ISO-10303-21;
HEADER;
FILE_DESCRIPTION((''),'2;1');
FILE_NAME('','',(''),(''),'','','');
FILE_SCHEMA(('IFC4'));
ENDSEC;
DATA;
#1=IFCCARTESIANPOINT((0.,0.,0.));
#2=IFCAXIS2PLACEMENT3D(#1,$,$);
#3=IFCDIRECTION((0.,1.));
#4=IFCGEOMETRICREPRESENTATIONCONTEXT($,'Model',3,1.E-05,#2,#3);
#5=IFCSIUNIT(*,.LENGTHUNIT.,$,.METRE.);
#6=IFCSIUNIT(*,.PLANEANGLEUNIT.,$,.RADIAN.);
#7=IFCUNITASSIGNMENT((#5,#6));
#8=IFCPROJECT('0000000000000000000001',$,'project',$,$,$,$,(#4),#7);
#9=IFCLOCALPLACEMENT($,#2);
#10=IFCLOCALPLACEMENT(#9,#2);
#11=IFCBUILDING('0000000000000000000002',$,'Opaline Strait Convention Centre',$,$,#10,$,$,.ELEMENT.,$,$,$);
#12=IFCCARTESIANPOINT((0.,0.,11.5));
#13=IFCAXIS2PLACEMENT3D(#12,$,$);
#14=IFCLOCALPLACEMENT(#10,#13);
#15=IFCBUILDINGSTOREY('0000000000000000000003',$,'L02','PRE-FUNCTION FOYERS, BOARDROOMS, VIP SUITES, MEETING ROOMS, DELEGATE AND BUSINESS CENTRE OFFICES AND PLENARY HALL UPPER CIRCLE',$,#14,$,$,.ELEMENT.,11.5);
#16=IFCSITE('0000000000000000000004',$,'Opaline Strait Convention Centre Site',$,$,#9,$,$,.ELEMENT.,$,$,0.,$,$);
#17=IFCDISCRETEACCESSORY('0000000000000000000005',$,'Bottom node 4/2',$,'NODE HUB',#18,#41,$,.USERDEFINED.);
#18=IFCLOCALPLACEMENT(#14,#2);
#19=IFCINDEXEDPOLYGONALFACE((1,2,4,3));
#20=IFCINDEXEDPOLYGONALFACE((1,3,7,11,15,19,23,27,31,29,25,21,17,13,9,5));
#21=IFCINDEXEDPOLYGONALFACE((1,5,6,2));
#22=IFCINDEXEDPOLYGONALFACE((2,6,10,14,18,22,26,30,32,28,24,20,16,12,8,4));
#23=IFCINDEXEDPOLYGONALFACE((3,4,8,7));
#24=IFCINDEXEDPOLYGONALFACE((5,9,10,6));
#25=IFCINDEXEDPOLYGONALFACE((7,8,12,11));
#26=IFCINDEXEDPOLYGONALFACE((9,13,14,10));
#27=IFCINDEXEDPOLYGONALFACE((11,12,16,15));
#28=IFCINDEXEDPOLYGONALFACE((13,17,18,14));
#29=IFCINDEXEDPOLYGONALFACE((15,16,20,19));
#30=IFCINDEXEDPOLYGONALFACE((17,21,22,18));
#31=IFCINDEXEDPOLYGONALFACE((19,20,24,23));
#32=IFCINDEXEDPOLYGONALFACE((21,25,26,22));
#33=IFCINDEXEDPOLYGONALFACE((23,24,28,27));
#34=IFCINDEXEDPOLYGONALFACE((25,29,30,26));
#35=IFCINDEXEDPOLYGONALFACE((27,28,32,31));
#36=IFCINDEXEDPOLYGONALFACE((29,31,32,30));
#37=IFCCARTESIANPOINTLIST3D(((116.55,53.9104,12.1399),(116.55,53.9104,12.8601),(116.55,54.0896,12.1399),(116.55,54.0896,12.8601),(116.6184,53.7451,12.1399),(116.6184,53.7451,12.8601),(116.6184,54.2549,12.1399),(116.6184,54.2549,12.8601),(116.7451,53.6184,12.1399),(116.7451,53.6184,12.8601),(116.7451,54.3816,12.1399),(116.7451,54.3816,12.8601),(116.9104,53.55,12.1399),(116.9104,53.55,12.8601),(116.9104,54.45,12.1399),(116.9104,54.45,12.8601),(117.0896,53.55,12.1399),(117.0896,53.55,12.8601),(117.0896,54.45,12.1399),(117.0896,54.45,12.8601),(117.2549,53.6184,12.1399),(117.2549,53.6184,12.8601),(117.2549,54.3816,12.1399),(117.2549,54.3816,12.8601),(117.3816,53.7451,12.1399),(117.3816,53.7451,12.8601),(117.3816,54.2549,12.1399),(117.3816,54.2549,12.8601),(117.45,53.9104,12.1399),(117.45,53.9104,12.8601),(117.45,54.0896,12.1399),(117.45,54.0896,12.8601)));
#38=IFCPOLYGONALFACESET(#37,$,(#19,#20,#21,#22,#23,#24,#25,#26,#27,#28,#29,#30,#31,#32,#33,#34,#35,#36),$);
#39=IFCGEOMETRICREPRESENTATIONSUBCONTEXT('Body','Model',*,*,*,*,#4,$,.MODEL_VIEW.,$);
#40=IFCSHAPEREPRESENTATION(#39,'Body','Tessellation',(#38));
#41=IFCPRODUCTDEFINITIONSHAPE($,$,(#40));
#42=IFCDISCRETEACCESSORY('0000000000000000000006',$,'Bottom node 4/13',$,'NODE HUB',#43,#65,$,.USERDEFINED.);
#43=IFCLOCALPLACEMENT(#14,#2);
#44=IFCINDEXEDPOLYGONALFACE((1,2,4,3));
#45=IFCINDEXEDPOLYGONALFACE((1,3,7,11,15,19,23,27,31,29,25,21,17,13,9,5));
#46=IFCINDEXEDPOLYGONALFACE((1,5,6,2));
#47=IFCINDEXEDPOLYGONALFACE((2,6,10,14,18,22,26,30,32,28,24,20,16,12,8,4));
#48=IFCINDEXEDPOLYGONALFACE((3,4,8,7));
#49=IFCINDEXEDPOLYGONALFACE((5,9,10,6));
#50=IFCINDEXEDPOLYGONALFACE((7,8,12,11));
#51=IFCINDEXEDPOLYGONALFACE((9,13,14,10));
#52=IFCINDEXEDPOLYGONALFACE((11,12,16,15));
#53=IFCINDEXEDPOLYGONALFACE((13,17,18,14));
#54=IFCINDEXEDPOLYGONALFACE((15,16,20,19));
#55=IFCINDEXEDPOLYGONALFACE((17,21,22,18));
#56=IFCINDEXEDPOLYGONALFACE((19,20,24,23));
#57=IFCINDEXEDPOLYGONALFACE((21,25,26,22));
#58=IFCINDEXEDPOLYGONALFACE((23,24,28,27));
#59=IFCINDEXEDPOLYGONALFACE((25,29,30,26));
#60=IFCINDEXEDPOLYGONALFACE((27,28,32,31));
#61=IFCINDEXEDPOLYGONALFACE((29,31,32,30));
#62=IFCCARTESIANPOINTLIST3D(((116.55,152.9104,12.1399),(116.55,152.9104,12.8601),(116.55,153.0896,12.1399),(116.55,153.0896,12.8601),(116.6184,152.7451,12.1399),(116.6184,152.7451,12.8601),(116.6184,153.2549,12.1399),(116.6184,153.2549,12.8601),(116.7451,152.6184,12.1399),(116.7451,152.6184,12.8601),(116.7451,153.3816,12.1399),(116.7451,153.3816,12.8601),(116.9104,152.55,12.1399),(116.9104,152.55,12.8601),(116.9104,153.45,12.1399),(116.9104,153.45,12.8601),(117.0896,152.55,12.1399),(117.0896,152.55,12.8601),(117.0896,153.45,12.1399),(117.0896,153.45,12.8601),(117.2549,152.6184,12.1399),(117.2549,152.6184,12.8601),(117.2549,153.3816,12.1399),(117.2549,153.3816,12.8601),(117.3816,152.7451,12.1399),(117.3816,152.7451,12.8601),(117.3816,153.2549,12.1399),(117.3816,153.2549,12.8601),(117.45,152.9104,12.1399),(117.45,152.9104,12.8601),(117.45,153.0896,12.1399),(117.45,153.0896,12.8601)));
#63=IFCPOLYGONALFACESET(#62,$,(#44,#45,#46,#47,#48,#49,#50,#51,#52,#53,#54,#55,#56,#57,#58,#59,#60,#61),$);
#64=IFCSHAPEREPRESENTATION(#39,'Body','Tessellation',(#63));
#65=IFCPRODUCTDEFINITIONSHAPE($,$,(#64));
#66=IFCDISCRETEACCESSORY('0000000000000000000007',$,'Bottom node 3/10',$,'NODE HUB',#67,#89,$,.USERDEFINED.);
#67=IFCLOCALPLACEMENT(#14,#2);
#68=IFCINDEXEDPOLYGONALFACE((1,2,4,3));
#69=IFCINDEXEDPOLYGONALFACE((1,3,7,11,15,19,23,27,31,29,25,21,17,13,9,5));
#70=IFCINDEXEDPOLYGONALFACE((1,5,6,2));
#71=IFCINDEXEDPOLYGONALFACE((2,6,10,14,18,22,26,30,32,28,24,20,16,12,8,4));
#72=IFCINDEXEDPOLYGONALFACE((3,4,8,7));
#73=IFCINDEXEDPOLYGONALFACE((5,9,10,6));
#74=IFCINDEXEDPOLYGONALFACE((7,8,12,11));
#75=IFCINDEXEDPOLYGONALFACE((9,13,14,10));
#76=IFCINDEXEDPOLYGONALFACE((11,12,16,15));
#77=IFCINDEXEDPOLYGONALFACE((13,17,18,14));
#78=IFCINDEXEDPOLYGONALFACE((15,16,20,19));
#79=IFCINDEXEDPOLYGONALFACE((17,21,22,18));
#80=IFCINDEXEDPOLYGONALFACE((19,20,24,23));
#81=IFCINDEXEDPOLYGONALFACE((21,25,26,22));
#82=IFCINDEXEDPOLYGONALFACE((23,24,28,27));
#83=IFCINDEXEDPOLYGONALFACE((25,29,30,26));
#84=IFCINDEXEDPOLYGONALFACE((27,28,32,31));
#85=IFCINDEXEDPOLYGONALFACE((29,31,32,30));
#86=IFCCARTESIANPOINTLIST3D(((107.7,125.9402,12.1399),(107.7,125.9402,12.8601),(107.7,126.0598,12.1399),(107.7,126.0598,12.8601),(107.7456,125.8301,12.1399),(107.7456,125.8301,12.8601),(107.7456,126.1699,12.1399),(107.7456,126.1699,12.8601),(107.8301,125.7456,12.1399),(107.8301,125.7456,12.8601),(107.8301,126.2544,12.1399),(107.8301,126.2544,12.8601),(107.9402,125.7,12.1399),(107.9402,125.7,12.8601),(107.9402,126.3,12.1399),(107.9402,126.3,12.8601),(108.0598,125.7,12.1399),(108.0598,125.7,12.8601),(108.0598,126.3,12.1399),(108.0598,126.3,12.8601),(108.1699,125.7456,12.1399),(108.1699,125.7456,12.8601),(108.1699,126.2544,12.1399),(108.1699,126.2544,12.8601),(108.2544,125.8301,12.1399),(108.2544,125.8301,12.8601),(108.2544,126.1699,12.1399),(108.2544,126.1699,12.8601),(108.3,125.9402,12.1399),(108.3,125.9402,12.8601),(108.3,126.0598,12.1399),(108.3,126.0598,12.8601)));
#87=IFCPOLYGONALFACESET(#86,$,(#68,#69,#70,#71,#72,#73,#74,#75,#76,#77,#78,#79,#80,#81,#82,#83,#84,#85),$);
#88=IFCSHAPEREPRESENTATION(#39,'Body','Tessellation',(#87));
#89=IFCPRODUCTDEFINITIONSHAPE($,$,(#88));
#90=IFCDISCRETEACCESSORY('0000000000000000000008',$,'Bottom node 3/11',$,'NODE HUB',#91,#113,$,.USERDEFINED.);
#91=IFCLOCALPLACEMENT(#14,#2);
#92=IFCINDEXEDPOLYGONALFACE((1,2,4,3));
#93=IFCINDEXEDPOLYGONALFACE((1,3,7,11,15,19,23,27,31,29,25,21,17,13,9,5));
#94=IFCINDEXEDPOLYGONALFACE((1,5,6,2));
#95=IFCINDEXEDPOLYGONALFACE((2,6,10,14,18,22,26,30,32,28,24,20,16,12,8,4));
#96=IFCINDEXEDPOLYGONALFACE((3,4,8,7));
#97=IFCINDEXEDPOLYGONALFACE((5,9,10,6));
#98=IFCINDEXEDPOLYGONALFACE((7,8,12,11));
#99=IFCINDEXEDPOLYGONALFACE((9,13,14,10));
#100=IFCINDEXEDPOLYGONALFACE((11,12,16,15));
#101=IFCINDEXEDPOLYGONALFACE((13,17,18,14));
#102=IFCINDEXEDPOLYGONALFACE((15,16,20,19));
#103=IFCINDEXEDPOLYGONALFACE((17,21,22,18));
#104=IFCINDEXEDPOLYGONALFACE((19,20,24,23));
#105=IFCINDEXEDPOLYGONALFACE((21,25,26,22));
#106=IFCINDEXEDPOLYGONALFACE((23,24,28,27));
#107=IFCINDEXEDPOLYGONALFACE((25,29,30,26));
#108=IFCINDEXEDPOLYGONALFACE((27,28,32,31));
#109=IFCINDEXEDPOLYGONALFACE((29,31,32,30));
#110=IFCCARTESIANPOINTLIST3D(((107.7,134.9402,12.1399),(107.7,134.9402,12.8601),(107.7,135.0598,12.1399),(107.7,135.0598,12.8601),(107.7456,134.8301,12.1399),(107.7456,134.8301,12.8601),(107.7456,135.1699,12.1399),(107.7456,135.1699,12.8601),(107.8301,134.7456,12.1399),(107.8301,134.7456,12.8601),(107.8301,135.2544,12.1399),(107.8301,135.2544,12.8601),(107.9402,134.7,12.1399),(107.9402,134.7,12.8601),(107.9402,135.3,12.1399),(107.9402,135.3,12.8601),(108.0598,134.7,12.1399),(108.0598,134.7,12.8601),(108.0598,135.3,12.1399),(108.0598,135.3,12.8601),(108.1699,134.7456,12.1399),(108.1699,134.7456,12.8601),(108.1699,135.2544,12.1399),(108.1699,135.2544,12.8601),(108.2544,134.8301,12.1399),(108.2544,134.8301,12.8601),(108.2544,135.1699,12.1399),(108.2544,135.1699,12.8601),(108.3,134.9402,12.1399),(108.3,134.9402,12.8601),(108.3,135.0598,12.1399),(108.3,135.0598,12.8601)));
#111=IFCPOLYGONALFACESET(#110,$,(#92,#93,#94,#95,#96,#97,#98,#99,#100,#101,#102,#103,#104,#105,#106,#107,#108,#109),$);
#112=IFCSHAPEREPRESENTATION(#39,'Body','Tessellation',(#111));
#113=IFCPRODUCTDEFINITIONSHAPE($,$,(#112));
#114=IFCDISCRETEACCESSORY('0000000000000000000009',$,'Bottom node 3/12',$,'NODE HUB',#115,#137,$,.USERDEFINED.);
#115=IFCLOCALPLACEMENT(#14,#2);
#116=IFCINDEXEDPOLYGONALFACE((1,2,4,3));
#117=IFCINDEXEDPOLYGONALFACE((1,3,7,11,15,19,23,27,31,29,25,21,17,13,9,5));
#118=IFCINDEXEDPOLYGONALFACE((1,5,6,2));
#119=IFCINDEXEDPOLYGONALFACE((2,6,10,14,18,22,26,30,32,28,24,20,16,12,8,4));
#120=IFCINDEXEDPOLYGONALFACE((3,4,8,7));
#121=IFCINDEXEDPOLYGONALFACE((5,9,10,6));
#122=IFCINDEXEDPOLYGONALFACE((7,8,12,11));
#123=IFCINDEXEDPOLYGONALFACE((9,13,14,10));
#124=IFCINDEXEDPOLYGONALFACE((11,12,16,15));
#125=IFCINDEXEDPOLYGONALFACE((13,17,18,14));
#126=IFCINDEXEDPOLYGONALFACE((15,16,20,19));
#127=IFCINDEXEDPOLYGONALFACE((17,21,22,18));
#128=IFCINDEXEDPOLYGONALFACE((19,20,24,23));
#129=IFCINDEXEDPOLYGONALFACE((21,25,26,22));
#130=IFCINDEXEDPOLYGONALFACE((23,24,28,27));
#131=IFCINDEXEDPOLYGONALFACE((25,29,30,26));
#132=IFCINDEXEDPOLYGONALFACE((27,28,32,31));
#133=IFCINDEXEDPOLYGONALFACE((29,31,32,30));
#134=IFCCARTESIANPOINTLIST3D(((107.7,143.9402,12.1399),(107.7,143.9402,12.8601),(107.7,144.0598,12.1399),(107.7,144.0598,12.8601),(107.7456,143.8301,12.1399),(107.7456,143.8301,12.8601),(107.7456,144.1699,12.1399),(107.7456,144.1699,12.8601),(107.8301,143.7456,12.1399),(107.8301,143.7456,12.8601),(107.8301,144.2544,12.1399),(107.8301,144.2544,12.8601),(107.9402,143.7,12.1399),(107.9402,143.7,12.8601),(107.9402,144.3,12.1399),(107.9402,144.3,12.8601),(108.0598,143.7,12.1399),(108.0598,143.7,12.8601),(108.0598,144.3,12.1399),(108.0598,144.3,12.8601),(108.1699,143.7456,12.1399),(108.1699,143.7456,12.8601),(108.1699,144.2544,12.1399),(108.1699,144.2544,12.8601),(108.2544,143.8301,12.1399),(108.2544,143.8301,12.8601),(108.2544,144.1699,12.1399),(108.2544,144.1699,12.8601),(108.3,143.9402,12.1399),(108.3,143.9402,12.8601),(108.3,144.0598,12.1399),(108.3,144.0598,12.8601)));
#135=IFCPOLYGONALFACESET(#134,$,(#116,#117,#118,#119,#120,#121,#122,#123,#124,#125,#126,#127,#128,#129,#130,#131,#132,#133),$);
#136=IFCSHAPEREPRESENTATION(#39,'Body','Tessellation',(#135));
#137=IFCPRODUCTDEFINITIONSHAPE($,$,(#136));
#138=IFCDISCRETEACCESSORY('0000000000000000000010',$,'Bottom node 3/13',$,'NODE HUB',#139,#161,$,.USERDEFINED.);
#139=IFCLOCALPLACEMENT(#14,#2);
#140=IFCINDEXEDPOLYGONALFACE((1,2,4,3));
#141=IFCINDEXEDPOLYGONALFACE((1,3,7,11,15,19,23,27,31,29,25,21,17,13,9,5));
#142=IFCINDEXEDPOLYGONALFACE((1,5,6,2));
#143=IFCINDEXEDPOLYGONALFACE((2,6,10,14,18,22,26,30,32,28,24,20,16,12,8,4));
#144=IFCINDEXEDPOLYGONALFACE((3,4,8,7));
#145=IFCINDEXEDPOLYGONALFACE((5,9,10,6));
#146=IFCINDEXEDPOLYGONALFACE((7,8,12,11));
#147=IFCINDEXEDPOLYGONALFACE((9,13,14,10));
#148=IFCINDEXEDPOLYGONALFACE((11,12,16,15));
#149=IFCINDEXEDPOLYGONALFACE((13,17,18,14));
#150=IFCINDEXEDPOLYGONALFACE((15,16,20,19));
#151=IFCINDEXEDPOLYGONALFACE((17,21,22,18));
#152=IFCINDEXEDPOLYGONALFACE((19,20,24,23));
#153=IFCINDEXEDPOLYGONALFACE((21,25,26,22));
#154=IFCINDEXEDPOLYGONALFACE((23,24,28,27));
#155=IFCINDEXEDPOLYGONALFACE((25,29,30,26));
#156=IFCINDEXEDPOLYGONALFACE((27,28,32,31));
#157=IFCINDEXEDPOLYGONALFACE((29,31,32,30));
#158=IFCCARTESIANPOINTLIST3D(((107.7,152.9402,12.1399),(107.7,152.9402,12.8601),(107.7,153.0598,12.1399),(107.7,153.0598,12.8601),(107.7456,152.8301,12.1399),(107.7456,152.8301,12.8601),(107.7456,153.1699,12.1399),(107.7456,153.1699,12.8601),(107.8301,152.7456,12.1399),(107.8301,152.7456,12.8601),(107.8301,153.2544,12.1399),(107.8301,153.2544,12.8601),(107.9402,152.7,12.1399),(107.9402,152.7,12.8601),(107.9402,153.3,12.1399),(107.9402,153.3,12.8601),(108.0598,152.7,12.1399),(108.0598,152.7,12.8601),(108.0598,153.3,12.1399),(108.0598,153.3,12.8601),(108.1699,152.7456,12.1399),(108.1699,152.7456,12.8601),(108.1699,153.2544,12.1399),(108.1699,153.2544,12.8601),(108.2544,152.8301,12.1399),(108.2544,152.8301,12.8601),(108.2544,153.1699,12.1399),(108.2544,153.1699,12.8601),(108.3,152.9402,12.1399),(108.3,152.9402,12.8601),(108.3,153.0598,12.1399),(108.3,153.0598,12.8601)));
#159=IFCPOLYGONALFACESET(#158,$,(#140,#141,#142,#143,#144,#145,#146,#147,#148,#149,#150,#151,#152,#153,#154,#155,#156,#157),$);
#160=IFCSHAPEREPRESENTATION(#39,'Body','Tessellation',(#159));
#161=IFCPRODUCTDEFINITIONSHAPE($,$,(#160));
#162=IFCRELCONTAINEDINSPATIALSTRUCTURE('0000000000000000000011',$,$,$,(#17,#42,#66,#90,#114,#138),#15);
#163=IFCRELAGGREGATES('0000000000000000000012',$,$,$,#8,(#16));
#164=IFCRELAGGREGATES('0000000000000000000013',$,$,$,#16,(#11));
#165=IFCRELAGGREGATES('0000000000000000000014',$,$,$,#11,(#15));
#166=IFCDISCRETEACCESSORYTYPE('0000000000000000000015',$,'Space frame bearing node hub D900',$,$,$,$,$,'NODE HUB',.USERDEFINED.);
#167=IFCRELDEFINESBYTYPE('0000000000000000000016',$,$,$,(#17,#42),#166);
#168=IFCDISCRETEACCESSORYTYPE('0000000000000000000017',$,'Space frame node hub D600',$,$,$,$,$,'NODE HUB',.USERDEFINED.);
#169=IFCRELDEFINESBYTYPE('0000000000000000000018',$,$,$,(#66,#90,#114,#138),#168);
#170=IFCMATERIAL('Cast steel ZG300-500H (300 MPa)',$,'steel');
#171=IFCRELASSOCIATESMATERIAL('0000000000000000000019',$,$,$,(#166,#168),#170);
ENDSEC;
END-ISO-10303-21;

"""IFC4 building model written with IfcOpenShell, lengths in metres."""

from ifc_helpers import new_model, si_unit, direction, frame, origin, place, context, subcontext, project, spatial, polyline, outline, extrude, material, type_object, element, save


model = new_model("IFC4")

# Units and contexts
model_context = context("Model", 3, precision=1e-05, world=origin(), true_north=direction((0.0, 1.0)))
body_context = subcontext(model_context, "Body", "Model", "MODEL_VIEW")
ifc_project = project(units=[si_unit("LENGTHUNIT", "METRE"), si_unit("PLANEANGLEUNIT", "RADIAN")], contexts=[model_context])

# Site, building, storey
site_placement = place(None, origin())
site = spatial("IfcSite", under=ifc_project, at=site_placement, Name="Opaline Strait Convention Centre Site", CompositionType="ELEMENT", RefElevation=0.0)
building_placement = place(site_placement, origin())
building = spatial("IfcBuilding", under=site, at=building_placement, Name="Opaline Strait Convention Centre", CompositionType="ELEMENT")
storey_placement = place(building_placement, frame((0.0, 0.0, 11.5)))
storey = spatial("IfcBuildingStorey", under=building, at=storey_placement, Name="L02", Description="PRE-FUNCTION FOYERS, BOARDROOMS, VIP SUITES, MEETING ROOMS, DELEGATE AND BUSINESS CENTRE OFFICES AND PLENARY HALL UPPER CIRCLE", CompositionType="ELEMENT", Elevation=11.5)

# Discrete accessories
ifc_material = material(Name="Cast steel ZG300-500H (300 MPa)", Category="steel")
discrete_accessory_type_1 = type_object("IfcDiscreteAccessoryType", Name="Space frame bearing node hub D900", ElementType="NODE HUB", PredefinedType="USERDEFINED", material=ifc_material)
discrete_accessory_1_placement = place(storey_placement, frame((0.0, 0.0, 12.1399)))
element("IfcDiscreteAccessory", 1, at=discrete_accessory_1_placement, inside=storey, type_object=discrete_accessory_type_1, Name="Bottom node 4/2", ObjectType="NODE HUB", PredefinedType="USERDEFINED", context=body_context, shape_type="SweptSolid", body=[
    extrude(outline(polyline([(117.45, 54.0896), (117.3816, 54.2549), (117.2549, 54.3816), (117.0896, 54.45), (116.9104, 54.45), (116.7451, 54.3816), (116.6184, 54.2549), (116.55, 54.0896), (116.55, 53.9104), (116.6184, 53.7451), (116.7451, 53.6184), (116.9104, 53.55), (117.0896, 53.55), (117.2549, 53.6184), (117.3816, 53.7451), (117.45, 53.9104), (117.45, 54.0896)])), origin(), (0.0, 0.0, 1.0), 0.7202),
])
discrete_accessory_2_placement = place(storey_placement, frame((0.0, 0.0, 12.1399)))
element("IfcDiscreteAccessory", 2, at=discrete_accessory_2_placement, inside=storey, type_object=discrete_accessory_type_1, Name="Bottom node 4/13", ObjectType="NODE HUB", PredefinedType="USERDEFINED", context=body_context, shape_type="SweptSolid", body=[
    extrude(outline(polyline([(117.45, 153.0896), (117.3816, 153.2549), (117.2549, 153.3816), (117.0896, 153.45), (116.9104, 153.45), (116.7451, 153.3816), (116.6184, 153.2549), (116.55, 153.0896), (116.55, 152.9104), (116.6184, 152.7451), (116.7451, 152.6184), (116.9104, 152.55), (117.0896, 152.55), (117.2549, 152.6184), (117.3816, 152.7451), (117.45, 152.9104), (117.45, 153.0896)])), origin(), (0.0, 0.0, 1.0), 0.7202),
])
discrete_accessory_type_2 = type_object("IfcDiscreteAccessoryType", Name="Space frame node hub D600", ElementType="NODE HUB", PredefinedType="USERDEFINED", material=ifc_material)
discrete_accessory_3_placement = place(storey_placement, frame((0.0, 0.0, 12.1399)))
element("IfcDiscreteAccessory", 3, at=discrete_accessory_3_placement, inside=storey, type_object=discrete_accessory_type_2, Name="Bottom node 3/10", ObjectType="NODE HUB", PredefinedType="USERDEFINED", context=body_context, shape_type="SweptSolid", body=[
    extrude(outline(polyline([(108.3, 126.0598), (108.2544, 126.1699), (108.1699, 126.2544), (108.0598, 126.3), (107.9402, 126.3), (107.8301, 126.2544), (107.7456, 126.1699), (107.7, 126.0598), (107.7, 125.9402), (107.7456, 125.8301), (107.8301, 125.7456), (107.9402, 125.7), (108.0598, 125.7), (108.1699, 125.7456), (108.2544, 125.8301), (108.3, 125.9402), (108.3, 126.0598)])), origin(), (0.0, 0.0, 1.0), 0.7202),
])
discrete_accessory_4_placement = place(storey_placement, frame((0.0, 0.0, 12.1399)))
element("IfcDiscreteAccessory", 4, at=discrete_accessory_4_placement, inside=storey, type_object=discrete_accessory_type_2, Name="Bottom node 3/11", ObjectType="NODE HUB", PredefinedType="USERDEFINED", context=body_context, shape_type="SweptSolid", body=[
    extrude(outline(polyline([(108.3, 135.0598), (108.2544, 135.1699), (108.1699, 135.2544), (108.0598, 135.3), (107.9402, 135.3), (107.8301, 135.2544), (107.7456, 135.1699), (107.7, 135.0598), (107.7, 134.9402), (107.7456, 134.8301), (107.8301, 134.7456), (107.9402, 134.7), (108.0598, 134.7), (108.1699, 134.7456), (108.2544, 134.8301), (108.3, 134.9402), (108.3, 135.0598)])), origin(), (0.0, 0.0, 1.0), 0.7202),
])
discrete_accessory_5_placement = place(storey_placement, frame((0.0, 0.0, 12.1399)))
element("IfcDiscreteAccessory", 5, at=discrete_accessory_5_placement, inside=storey, type_object=discrete_accessory_type_2, Name="Bottom node 3/12", ObjectType="NODE HUB", PredefinedType="USERDEFINED", context=body_context, shape_type="SweptSolid", body=[
    extrude(outline(polyline([(108.3, 144.0598), (108.2544, 144.1699), (108.1699, 144.2544), (108.0598, 144.3), (107.9402, 144.3), (107.8301, 144.2544), (107.7456, 144.1699), (107.7, 144.0598), (107.7, 143.9402), (107.7456, 143.8301), (107.8301, 143.7456), (107.9402, 143.7), (108.0598, 143.7), (108.1699, 143.7456), (108.2544, 143.8301), (108.3, 143.9402), (108.3, 144.0598)])), origin(), (0.0, 0.0, 1.0), 0.7202),
])
discrete_accessory_6_placement = place(storey_placement, frame((0.0, 0.0, 12.1399)))
element("IfcDiscreteAccessory", 6, at=discrete_accessory_6_placement, inside=storey, type_object=discrete_accessory_type_2, Name="Bottom node 3/13", ObjectType="NODE HUB", PredefinedType="USERDEFINED", context=body_context, shape_type="SweptSolid", body=[
    extrude(outline(polyline([(108.3, 153.0598), (108.2544, 153.1699), (108.1699, 153.2544), (108.0598, 153.3), (107.9402, 153.3), (107.8301, 153.2544), (107.7456, 153.1699), (107.7, 153.0598), (107.7, 152.9402), (107.7456, 152.8301), (107.8301, 152.7456), (107.9402, 152.7), (108.0598, 152.7), (108.1699, 152.7456), (108.2544, 152.8301), (108.3, 152.9402), (108.3, 153.0598)])), origin(), (0.0, 0.0, 1.0), 0.7202),
])

save(model, "model.ifc")
